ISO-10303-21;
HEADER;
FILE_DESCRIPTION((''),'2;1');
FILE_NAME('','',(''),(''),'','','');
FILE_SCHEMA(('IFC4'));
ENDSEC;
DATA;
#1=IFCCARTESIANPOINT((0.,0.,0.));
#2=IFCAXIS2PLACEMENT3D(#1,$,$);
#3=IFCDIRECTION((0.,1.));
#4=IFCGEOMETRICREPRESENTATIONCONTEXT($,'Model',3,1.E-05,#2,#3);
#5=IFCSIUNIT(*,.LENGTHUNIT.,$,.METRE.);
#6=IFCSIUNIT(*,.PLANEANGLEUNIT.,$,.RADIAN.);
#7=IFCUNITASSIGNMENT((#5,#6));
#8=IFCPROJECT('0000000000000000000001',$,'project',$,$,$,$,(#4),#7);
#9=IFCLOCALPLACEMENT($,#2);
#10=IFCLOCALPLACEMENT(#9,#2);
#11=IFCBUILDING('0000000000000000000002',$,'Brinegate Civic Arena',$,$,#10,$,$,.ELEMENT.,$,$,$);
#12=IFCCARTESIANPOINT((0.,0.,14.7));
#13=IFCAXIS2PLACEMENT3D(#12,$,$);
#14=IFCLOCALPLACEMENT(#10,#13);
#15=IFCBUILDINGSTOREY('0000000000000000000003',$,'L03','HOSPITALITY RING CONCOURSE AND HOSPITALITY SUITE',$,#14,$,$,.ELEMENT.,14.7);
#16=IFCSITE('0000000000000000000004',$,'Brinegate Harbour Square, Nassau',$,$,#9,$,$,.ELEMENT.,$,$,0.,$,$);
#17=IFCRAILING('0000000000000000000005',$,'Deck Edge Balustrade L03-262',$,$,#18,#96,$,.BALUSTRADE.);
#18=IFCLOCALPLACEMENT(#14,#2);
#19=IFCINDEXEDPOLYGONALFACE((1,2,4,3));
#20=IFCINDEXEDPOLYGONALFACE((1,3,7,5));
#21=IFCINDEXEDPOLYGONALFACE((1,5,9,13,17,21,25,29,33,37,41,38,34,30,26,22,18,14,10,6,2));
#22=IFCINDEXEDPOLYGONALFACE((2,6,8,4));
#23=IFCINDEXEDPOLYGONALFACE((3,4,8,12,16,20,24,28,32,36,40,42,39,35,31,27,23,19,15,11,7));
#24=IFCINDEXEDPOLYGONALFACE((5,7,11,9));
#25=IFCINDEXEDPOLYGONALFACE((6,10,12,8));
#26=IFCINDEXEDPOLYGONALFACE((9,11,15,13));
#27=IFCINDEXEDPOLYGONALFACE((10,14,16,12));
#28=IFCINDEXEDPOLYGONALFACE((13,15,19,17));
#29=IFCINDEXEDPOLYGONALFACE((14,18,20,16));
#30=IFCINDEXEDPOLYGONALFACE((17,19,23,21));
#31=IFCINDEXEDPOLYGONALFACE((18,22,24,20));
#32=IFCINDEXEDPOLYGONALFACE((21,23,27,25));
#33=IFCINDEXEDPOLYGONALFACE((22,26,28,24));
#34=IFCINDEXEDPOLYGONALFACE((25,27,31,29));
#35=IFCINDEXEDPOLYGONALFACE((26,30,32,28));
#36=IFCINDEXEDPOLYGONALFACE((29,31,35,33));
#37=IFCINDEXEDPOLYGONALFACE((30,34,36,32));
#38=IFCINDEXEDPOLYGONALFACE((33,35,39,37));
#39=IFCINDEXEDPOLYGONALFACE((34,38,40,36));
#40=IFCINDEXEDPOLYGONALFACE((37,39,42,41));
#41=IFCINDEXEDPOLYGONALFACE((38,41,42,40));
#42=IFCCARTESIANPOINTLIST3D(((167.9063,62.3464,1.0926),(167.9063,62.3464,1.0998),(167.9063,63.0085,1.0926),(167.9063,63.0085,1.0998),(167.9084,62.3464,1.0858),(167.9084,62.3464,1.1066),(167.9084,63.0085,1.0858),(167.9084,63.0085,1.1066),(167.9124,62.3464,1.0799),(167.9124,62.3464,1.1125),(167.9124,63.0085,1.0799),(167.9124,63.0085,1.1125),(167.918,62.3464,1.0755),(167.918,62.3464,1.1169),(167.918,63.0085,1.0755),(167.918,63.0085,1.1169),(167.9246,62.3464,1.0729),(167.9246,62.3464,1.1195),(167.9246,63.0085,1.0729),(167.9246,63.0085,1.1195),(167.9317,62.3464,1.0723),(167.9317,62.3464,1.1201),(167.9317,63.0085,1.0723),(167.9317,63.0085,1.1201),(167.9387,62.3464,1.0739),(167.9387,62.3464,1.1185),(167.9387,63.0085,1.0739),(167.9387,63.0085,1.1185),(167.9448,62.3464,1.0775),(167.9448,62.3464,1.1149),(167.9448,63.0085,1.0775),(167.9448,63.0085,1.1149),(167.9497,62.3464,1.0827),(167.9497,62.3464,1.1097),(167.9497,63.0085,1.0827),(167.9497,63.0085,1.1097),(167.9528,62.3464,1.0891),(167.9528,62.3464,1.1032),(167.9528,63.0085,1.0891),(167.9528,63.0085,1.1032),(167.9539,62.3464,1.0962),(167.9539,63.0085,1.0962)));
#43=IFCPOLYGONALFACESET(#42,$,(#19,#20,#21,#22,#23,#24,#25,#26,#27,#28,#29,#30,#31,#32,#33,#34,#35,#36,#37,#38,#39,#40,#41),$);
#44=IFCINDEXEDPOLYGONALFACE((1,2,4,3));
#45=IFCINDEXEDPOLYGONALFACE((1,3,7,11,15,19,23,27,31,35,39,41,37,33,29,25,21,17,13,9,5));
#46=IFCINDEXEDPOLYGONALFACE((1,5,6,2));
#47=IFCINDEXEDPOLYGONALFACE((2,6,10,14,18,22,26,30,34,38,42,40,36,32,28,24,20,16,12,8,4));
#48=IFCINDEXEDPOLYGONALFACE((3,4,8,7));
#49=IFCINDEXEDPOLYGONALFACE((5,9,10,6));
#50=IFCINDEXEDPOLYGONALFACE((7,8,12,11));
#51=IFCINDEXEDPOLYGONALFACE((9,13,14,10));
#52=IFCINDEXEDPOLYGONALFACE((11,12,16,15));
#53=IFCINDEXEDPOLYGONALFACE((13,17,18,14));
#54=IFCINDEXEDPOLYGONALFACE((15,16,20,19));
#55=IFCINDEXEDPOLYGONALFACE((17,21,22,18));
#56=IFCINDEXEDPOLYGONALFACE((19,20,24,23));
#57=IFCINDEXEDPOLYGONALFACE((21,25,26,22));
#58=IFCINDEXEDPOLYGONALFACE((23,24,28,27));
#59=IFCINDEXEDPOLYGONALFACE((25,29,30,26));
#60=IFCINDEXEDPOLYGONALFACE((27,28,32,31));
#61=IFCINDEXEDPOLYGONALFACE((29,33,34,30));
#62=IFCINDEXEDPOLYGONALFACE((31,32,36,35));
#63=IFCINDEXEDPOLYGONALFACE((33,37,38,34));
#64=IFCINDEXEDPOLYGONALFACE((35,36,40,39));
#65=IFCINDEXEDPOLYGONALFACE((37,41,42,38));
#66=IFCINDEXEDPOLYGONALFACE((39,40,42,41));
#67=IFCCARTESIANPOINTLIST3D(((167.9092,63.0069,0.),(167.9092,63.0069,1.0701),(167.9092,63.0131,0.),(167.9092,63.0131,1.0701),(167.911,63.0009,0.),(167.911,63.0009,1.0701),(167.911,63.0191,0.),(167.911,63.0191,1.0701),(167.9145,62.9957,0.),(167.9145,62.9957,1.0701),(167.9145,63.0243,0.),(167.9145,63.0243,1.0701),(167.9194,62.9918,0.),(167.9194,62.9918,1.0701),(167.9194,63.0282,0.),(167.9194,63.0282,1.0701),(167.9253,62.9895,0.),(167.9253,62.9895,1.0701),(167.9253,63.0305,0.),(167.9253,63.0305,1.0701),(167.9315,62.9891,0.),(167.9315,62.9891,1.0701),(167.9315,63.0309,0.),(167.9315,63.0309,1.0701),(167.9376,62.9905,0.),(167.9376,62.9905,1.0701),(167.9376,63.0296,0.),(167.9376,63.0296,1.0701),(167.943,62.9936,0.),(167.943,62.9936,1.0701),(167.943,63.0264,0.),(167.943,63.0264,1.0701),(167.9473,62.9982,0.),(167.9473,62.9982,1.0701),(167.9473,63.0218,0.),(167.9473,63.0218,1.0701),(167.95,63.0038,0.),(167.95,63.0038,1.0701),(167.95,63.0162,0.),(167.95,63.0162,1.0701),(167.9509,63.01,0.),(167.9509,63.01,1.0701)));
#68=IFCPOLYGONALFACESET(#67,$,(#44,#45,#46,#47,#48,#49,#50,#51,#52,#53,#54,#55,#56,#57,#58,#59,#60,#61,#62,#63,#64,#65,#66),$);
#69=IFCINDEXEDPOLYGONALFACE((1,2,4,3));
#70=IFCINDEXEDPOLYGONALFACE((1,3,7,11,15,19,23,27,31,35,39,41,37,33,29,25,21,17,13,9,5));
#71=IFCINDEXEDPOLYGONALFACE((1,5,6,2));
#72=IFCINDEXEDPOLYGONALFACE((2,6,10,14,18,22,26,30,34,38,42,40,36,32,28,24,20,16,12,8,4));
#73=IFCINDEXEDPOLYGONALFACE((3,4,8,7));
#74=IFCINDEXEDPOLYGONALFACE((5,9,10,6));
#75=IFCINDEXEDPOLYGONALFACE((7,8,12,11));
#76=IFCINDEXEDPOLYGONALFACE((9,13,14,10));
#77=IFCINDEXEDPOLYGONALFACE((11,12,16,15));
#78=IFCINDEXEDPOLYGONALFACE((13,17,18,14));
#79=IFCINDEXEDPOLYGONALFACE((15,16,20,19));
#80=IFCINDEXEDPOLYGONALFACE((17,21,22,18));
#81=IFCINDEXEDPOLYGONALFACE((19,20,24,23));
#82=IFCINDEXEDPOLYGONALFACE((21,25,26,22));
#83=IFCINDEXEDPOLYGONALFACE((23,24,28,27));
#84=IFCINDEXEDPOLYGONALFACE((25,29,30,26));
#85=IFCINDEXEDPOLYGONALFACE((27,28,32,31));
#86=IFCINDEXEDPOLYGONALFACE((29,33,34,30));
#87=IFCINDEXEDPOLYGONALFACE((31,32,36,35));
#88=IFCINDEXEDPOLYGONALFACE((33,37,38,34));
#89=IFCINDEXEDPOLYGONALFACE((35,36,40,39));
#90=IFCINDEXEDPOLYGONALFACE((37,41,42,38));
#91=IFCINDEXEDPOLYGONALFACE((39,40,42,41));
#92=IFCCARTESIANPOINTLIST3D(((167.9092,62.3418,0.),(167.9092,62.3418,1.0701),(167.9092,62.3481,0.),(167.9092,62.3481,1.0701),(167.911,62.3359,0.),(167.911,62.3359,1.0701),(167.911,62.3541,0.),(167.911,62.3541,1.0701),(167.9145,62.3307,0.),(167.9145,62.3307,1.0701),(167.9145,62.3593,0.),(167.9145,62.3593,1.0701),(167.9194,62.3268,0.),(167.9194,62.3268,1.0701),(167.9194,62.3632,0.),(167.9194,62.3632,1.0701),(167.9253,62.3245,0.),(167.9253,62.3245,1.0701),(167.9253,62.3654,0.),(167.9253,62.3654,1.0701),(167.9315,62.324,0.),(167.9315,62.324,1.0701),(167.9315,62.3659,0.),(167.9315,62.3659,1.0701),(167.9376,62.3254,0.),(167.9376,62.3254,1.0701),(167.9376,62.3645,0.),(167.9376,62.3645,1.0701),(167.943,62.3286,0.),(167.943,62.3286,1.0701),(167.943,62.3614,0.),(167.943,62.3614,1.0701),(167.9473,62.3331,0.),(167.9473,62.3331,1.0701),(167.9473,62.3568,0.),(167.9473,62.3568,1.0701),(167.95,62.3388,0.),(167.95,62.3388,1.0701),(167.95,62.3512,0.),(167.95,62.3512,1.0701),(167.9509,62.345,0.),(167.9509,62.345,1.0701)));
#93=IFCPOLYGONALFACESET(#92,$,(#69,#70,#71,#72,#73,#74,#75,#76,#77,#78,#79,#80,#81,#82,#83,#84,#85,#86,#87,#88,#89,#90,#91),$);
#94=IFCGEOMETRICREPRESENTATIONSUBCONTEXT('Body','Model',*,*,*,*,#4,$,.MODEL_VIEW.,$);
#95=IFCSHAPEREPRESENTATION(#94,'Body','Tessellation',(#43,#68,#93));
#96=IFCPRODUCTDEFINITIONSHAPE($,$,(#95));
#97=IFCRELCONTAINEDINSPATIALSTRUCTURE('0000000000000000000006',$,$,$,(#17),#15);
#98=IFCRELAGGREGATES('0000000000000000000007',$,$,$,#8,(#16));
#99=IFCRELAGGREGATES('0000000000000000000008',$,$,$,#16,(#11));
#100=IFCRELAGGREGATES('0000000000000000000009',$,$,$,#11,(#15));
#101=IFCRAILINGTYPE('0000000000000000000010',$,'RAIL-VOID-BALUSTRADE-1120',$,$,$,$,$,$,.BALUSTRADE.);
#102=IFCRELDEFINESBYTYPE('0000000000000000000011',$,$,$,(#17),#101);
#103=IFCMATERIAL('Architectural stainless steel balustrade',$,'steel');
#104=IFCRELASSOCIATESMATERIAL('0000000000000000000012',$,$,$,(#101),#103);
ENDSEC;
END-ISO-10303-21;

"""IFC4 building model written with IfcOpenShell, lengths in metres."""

from ifc_helpers import new_model, si_unit, direction, frame, origin, origin_2d, place, context, subcontext, project, spatial, circle, extrude, material, type_object, element, save


model = new_model("IFC4")

# Units and contexts
model_context = context("Model", 3, precision=1e-05, world=origin(), true_north=direction((0.0, 1.0)))
body_context = subcontext(model_context, "Body", "Model", "MODEL_VIEW")
ifc_project = project(units=[si_unit("LENGTHUNIT", "METRE"), si_unit("PLANEANGLEUNIT", "RADIAN")], contexts=[model_context])

# Site, building, storey
site_placement = place(None, origin())
site = spatial("IfcSite", under=ifc_project, at=site_placement, Name="Brinegate Harbour Square, Nassau", CompositionType="ELEMENT", RefElevation=0.0)
building_placement = place(site_placement, origin())
building = spatial("IfcBuilding", under=site, at=building_placement, Name="Brinegate Civic Arena", CompositionType="ELEMENT")
storey_placement = place(building_placement, frame((0.0, 0.0, 14.7)))
storey = spatial("IfcBuildingStorey", under=building, at=storey_placement, Name="L03", Description="HOSPITALITY RING CONCOURSE AND HOSPITALITY SUITE", CompositionType="ELEMENT", Elevation=14.7)

# Railing
ifc_material_1 = material(Name="Architectural stainless steel balustrade", Category="steel")
railing_type_1 = type_object("IfcRailingType", Name="RAIL-VOID-BALUSTRADE-1120", PredefinedType="BALUSTRADE", material=ifc_material_1)
railing_1_placement = place(storey_placement, frame((167.9299, 63.01, 0.0)))
element("IfcRailing", 1, at=railing_1_placement, inside=storey, type_object=railing_type_1, Name="Deck Edge Balustrade L03-262", PredefinedType="BALUSTRADE", context=body_context, shape_type="SweptSolid", body=[
    extrude(circle(Radius=0.0239, at=origin_2d()), frame((0.0, -0.0015, 1.0962), z_axis=(0.0, -1.0, 0.0), x_axis=(1.0, 0.0, 0.0)), (0.0, 0.0, 1.0), 0.6621),
    extrude(circle(Radius=0.021, at=origin_2d()), origin(), (0.0, 0.0, 1.0), 1.0701),
    extrude(circle(Radius=0.021, at=origin_2d()), frame((0.0, -0.665, 0.0)), (0.0, 0.0, 1.0), 1.0701),
])

save(model, "model.ifc")
